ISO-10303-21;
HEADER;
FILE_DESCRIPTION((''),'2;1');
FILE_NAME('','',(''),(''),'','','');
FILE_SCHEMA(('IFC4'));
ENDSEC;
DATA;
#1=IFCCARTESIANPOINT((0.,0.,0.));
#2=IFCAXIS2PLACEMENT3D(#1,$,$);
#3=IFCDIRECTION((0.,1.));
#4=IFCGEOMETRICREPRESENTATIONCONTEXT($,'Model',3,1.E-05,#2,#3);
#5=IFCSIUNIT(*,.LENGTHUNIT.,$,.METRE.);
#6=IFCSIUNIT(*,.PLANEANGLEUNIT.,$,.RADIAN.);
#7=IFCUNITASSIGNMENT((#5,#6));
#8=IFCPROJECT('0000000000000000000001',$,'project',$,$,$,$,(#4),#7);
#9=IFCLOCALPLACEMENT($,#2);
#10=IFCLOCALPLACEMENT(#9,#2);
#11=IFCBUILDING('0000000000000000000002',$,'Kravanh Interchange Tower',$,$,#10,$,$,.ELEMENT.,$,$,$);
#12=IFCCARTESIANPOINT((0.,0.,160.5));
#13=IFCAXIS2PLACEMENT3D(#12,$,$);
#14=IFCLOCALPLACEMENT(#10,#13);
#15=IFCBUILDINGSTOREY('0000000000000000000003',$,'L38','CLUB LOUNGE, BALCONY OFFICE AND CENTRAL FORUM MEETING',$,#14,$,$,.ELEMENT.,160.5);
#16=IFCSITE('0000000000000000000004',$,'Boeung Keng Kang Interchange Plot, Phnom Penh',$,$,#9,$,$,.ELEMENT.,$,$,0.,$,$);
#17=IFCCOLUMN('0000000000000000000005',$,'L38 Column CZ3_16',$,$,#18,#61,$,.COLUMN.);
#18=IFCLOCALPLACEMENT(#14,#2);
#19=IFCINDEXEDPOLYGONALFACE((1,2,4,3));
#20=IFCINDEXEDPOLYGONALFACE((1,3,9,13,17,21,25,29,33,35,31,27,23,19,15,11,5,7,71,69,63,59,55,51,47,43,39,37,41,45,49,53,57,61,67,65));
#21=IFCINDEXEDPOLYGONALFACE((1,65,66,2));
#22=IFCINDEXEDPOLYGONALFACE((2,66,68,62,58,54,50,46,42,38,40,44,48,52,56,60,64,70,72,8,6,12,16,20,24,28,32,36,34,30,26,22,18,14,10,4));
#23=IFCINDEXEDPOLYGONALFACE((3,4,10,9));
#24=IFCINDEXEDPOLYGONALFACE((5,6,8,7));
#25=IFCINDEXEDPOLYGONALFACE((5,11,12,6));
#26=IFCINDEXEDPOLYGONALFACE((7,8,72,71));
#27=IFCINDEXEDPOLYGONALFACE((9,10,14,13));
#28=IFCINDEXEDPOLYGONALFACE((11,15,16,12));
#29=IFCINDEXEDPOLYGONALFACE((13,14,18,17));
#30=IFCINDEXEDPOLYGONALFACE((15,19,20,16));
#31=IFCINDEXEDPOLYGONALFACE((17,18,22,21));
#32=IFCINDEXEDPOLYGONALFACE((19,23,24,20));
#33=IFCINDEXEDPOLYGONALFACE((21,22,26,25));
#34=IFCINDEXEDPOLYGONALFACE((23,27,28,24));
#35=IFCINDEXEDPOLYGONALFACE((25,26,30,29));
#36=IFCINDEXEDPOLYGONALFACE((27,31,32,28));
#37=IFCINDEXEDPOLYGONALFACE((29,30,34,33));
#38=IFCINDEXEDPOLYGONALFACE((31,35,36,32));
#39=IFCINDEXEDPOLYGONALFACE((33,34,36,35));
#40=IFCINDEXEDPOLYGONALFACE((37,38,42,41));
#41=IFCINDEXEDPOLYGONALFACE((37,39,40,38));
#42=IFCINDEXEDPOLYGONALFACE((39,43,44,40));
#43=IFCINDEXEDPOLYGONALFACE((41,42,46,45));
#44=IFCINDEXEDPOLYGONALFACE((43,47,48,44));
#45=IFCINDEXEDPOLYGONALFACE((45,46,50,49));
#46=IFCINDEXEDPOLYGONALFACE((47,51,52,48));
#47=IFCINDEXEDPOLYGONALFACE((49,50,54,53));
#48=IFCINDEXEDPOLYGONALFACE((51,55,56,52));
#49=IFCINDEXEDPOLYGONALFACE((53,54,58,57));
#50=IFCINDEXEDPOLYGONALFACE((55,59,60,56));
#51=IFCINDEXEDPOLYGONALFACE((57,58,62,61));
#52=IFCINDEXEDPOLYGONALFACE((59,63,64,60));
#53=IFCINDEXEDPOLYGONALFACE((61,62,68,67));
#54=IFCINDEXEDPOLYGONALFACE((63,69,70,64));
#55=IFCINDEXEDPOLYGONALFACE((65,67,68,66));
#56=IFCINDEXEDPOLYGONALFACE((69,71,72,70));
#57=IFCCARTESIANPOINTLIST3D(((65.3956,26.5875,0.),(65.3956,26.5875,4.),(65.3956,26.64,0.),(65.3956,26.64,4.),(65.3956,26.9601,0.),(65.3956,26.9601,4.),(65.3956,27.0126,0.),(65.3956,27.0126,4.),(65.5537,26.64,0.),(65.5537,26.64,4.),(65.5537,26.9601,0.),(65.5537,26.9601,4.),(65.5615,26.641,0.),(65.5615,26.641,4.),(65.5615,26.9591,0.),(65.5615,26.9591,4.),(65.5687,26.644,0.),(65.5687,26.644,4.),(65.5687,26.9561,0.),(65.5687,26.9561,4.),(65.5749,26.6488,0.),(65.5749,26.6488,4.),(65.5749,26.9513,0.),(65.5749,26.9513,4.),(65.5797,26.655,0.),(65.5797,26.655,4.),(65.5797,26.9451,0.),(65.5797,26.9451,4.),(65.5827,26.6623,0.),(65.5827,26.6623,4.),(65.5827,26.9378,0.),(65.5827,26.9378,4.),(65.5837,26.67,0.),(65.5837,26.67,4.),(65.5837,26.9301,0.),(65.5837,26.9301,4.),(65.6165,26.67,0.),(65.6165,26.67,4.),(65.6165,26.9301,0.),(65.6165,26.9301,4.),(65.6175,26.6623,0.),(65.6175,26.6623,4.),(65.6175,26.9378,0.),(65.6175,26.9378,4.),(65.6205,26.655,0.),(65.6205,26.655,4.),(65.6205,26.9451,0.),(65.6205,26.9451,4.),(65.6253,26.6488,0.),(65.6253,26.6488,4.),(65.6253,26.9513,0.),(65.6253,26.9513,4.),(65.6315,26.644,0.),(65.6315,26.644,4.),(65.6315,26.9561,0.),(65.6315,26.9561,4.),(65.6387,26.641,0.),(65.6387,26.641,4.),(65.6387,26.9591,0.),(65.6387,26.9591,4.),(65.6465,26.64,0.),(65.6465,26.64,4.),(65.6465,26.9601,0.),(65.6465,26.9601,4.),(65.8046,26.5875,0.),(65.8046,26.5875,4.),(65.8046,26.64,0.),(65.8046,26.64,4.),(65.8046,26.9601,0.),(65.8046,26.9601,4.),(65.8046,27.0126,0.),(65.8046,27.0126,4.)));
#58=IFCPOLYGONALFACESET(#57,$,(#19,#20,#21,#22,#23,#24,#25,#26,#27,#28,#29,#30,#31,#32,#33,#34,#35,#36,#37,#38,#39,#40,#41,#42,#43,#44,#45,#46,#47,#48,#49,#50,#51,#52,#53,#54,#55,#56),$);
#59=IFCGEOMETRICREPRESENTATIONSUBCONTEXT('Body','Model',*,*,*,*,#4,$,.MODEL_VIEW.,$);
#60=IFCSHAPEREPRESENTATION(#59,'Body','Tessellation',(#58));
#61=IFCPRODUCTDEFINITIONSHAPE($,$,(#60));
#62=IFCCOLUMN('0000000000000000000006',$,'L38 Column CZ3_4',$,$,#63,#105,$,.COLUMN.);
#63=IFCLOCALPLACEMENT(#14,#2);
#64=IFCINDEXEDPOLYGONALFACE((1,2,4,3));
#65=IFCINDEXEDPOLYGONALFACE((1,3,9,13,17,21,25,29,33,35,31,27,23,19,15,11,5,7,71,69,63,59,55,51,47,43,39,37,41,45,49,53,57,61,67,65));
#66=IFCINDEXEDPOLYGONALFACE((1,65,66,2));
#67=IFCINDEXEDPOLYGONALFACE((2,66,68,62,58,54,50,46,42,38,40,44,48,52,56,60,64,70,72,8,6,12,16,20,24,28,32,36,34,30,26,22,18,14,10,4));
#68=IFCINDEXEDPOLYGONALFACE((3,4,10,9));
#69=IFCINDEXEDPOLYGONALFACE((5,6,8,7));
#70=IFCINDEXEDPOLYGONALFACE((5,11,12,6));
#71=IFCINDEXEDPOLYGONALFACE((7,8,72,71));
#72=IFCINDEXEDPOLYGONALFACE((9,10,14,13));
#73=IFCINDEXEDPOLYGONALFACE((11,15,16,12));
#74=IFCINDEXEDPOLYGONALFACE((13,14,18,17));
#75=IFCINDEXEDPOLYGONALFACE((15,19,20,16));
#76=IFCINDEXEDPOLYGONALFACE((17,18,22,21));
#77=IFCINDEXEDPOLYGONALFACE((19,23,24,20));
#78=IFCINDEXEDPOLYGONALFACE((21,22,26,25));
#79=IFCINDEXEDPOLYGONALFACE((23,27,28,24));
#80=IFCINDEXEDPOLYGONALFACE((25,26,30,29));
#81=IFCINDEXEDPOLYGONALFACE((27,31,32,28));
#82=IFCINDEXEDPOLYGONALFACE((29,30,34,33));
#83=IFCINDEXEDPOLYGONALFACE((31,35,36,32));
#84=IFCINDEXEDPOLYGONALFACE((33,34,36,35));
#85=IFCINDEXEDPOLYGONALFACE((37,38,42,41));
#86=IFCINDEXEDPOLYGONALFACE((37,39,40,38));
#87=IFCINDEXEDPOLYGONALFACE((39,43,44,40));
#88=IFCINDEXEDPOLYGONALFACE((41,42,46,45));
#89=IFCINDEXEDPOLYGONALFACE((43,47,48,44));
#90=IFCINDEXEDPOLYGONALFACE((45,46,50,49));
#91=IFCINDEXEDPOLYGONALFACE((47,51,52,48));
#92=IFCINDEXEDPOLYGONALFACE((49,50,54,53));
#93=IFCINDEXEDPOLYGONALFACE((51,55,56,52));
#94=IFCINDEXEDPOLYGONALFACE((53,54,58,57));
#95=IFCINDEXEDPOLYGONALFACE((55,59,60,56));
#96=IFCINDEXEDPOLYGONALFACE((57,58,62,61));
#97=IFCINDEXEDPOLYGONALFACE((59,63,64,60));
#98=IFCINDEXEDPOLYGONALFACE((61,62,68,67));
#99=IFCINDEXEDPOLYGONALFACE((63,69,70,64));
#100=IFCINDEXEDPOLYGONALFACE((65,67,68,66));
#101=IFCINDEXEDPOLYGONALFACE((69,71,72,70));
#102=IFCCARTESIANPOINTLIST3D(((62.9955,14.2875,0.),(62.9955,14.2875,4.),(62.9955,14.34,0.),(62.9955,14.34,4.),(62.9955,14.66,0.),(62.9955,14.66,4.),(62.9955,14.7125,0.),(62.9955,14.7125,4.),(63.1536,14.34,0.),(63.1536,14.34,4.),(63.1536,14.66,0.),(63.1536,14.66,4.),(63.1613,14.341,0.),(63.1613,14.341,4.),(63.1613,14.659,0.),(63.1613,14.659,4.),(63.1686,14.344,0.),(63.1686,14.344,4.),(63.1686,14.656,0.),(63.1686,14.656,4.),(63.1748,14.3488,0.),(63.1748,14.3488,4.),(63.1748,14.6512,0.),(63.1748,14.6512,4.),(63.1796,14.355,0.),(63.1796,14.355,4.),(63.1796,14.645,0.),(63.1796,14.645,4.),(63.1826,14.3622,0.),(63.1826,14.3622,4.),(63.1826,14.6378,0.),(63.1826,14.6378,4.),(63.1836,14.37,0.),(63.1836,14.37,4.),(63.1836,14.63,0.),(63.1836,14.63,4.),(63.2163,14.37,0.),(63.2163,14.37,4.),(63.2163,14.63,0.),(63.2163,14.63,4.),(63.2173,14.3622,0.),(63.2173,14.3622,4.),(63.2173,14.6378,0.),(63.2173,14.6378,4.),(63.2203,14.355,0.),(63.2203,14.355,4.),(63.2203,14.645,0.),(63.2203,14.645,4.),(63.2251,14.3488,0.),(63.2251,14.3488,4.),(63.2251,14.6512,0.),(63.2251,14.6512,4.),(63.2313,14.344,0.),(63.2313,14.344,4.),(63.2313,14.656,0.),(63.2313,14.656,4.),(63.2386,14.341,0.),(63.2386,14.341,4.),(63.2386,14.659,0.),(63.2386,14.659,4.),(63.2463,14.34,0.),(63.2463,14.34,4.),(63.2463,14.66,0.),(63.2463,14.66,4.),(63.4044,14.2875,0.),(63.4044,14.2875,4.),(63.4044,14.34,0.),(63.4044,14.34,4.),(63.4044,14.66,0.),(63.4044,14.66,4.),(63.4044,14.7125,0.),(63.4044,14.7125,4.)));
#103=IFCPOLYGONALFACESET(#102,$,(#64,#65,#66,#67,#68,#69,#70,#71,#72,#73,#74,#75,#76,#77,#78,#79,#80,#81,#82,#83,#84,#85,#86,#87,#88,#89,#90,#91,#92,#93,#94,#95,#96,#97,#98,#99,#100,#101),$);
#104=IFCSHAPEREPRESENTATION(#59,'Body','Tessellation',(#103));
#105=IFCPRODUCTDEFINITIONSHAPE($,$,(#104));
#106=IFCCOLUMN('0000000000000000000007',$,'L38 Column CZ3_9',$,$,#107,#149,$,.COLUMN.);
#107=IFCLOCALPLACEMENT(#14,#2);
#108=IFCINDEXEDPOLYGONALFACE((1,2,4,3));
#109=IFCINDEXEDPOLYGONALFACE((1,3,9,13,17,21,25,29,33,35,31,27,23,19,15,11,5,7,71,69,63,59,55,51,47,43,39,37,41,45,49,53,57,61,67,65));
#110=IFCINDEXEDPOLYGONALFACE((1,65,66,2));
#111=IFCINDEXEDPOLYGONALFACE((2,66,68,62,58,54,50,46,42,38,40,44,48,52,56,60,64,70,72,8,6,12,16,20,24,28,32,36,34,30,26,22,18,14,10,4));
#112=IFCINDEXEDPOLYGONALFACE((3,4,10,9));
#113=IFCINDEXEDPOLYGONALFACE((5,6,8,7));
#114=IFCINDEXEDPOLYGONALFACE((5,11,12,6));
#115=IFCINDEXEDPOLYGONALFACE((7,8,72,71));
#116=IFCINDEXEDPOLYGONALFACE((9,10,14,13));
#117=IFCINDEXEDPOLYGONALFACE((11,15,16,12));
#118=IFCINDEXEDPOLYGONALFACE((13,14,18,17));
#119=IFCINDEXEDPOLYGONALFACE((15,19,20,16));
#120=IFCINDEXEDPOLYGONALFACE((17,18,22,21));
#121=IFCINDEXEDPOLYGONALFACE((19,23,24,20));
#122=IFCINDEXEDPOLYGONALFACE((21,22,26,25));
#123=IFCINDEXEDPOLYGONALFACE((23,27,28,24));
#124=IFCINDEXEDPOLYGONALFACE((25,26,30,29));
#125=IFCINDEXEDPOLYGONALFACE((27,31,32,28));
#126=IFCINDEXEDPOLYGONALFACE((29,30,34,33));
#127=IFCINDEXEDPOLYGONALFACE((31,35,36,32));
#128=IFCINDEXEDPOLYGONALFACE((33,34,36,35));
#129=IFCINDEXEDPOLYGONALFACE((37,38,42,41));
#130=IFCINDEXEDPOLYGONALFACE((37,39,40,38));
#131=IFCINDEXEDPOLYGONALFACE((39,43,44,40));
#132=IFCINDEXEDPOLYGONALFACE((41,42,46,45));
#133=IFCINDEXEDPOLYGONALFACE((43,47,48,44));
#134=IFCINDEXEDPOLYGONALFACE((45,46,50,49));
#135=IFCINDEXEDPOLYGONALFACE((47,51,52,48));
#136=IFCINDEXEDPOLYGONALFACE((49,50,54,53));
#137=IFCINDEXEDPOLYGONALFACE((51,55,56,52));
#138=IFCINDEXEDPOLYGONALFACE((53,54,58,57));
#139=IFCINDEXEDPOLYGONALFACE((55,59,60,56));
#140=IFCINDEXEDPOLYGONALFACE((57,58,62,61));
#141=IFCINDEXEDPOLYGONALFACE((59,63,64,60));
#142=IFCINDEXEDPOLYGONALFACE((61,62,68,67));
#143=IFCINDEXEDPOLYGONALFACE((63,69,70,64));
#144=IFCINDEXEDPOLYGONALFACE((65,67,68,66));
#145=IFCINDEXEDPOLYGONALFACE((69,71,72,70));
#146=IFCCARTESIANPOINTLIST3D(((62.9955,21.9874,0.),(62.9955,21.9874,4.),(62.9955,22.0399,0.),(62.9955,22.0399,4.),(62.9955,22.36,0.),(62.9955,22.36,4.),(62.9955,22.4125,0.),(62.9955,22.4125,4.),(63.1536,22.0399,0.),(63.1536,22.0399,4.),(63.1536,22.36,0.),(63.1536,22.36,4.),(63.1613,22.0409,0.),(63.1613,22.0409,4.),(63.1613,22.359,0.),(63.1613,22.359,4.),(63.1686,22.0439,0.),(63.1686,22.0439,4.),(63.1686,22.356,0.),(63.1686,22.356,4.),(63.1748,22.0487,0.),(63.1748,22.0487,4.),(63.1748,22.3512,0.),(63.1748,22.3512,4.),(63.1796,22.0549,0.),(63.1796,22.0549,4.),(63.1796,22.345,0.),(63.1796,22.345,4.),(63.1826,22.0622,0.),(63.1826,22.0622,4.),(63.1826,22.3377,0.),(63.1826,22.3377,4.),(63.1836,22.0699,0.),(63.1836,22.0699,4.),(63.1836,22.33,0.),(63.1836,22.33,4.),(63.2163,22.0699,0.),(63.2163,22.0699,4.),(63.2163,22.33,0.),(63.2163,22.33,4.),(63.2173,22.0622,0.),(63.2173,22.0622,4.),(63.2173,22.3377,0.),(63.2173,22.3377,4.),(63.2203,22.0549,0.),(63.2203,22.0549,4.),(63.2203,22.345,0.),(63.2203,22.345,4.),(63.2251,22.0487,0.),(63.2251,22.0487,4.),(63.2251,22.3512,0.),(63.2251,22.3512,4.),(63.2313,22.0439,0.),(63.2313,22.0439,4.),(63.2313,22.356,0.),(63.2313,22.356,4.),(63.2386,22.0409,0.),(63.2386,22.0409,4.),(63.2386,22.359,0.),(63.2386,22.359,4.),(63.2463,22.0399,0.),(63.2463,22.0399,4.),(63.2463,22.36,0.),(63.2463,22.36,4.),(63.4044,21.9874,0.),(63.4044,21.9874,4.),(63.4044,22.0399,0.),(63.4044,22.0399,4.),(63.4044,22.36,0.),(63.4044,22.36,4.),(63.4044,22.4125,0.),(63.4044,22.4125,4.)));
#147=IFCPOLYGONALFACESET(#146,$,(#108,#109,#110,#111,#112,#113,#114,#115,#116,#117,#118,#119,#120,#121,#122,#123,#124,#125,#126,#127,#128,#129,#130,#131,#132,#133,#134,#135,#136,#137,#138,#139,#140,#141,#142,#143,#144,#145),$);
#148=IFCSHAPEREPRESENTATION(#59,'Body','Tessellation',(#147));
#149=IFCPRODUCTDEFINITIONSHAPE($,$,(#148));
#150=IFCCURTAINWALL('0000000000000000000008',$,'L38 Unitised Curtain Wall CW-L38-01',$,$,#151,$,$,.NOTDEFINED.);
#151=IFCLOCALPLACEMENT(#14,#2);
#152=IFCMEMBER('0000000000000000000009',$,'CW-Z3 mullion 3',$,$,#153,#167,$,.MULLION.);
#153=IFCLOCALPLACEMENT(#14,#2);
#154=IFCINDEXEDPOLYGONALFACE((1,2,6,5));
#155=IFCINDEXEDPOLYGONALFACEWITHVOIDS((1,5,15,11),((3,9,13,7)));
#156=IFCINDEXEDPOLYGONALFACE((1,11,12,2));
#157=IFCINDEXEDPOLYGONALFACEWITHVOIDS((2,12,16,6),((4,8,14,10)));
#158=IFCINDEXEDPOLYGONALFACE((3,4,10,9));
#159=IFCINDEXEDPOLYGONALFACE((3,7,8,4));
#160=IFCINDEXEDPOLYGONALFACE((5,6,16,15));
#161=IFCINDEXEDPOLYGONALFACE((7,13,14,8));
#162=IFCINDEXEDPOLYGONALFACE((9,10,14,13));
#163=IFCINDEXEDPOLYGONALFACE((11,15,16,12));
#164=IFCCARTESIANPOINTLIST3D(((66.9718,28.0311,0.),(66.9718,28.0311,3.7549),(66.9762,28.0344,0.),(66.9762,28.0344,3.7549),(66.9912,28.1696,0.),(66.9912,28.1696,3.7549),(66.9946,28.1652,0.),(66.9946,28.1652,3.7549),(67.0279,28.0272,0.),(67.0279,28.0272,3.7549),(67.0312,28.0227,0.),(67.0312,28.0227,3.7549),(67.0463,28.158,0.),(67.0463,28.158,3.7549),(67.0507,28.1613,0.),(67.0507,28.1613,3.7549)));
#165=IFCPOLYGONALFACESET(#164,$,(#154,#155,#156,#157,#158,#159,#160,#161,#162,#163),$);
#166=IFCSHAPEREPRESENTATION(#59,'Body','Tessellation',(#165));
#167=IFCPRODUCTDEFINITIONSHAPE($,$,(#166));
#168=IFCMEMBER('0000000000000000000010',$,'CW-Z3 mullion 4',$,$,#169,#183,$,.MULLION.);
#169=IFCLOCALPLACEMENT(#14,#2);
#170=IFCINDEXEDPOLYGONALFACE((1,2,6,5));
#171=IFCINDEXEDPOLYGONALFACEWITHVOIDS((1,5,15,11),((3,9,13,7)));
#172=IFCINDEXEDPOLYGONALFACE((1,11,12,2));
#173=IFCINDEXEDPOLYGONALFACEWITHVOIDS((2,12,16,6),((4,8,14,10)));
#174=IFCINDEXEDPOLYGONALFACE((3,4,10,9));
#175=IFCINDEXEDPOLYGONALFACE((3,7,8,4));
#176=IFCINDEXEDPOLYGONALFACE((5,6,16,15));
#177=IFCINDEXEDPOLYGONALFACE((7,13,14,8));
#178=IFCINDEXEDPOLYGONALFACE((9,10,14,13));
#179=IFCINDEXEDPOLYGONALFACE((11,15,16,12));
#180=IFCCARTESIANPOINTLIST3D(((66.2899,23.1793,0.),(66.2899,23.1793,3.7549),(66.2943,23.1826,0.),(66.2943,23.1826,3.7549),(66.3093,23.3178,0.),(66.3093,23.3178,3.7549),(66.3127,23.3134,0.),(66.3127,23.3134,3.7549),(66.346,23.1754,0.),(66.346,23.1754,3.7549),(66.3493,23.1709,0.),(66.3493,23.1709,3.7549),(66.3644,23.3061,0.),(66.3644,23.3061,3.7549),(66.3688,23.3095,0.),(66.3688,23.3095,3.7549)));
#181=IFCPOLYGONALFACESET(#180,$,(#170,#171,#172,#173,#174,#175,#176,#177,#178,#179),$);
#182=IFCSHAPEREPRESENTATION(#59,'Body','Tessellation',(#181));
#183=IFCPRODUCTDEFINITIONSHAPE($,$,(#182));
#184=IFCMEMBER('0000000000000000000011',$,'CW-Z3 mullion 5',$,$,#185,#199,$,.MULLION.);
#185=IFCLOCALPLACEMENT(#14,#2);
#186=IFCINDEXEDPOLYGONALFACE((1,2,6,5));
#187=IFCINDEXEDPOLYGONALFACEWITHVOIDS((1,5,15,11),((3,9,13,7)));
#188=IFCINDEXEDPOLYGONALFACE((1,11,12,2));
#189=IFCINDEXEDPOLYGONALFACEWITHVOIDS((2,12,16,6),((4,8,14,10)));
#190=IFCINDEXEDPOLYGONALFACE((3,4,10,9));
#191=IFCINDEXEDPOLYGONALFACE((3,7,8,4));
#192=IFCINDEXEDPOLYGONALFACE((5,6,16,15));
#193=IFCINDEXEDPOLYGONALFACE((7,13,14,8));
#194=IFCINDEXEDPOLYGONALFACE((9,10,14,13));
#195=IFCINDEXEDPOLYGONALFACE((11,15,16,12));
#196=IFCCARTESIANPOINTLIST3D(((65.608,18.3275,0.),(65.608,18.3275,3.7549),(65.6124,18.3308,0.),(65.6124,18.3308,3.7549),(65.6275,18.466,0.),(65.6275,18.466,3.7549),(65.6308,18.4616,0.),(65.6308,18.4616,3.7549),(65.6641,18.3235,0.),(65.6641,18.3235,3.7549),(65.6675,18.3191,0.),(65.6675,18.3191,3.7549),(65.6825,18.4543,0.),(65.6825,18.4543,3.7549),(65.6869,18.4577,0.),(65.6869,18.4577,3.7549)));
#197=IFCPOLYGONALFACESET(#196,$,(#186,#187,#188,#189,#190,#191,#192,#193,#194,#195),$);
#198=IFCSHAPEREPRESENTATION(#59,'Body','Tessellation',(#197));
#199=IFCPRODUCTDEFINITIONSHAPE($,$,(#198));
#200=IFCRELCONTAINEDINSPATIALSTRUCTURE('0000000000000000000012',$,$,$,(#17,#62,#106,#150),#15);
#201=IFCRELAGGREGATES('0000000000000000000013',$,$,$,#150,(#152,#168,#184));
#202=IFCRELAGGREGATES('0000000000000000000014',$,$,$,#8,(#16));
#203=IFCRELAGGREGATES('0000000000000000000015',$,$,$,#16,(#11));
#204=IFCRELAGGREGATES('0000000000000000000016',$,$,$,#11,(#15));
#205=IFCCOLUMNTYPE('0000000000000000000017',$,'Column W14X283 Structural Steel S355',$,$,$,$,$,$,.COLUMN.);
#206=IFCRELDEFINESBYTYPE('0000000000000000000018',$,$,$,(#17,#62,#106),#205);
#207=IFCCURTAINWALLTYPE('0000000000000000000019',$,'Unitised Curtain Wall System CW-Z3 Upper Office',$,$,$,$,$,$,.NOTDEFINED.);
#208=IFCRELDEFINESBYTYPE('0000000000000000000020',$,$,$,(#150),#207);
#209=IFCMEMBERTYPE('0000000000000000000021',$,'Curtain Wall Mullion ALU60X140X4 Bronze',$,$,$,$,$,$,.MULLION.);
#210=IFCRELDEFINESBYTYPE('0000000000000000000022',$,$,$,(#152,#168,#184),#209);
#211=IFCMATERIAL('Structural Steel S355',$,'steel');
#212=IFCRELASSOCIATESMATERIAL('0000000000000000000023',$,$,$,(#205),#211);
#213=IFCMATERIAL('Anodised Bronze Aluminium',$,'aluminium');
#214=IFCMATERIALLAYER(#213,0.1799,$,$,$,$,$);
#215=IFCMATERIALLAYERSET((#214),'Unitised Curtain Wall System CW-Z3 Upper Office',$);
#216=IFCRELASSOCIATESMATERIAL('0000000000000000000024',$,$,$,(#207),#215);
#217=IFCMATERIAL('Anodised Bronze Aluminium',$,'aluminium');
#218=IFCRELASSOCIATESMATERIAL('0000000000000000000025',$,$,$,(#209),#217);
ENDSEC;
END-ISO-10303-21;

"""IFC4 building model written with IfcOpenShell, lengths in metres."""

from ifc_helpers import new_model, si_unit, direction, frame, origin, origin_2d, place, context, subcontext, project, spatial, hollow_rectangle, i_section, extrude, material, layer, layer_set, material_profile, profile_set, type_object, element, aggregate, save


model = new_model("IFC4")

# Units and contexts
model_context = context("Model", 3, precision=1e-05, world=origin(), true_north=direction((0.0, 1.0)))
body_context = subcontext(model_context, "Body", "Model", "MODEL_VIEW")
ifc_project = project(units=[si_unit("LENGTHUNIT", "METRE"), si_unit("PLANEANGLEUNIT", "RADIAN")], contexts=[model_context])

# Site, building, storey
site_placement = place(None, origin())
site = spatial("IfcSite", under=ifc_project, at=site_placement, Name="Boeung Keng Kang Interchange Plot, Phnom Penh", CompositionType="ELEMENT", RefElevation=0.0)
building_placement = place(site_placement, origin())
building = spatial("IfcBuilding", under=site, at=building_placement, Name="Kravanh Interchange Tower", CompositionType="ELEMENT")
storey_placement = place(building_placement, frame((0.0, 0.0, 160.5)))
storey = spatial("IfcBuildingStorey", under=building, at=storey_placement, Name="L38", Description="CLUB LOUNGE, BALCONY OFFICE AND CENTRAL FORUM MEETING", CompositionType="ELEMENT", Elevation=160.5)

# Columns
ifc_material_1 = material(Name="Structural Steel S355", Category="steel")
ifc_material_profile_1 = material_profile(ifc_material_1, i_section(OverallWidth=0.4089, OverallDepth=0.425, WebThickness=0.0327, FlangeThickness=0.0525, FilletRadius=0.03, at=origin_2d()), Name="W14X283")
ifc_profile_set_1 = profile_set([ifc_material_profile_1], Name="Structural Steel S355")
column_type = type_object("IfcColumnType", Name="Column W14X283 Structural Steel S355", PredefinedType="COLUMN", material=ifc_profile_set_1)
for number, where, z_axis, x_axis, name in (
    (1, (65.6001, 26.8, 0.0), (0.0, 0.0, 1.0), (1.0, 0.0, 0.0), "L38 Column CZ3_16"),
    (2, (63.2, 14.5, 0.0), (0.0, 0.0, 1.0), (1.0, 0.0, 0.0), "L38 Column CZ3_4"),
    (3, (63.2, 22.2, 0.0), (0.0, 0.0, 1.0), (1.0, 0.0, 0.0), "L38 Column CZ3_9"),
):
    element("IfcColumn", number, at=place(storey_placement, frame(where, z_axis=z_axis, x_axis=x_axis)), inside=storey, type_object=column_type, Name=name, PredefinedType="COLUMN", context=body_context, shape_type="SweptSolid", body=[
        extrude(i_section(OverallWidth=0.4089, OverallDepth=0.425, WebThickness=0.0327, FlangeThickness=0.0525, FilletRadius=0.03, at=origin_2d()), origin(), (0.0, 0.0, 1.0), 4.0),
    ])

# Curtain wall, members
ifc_material_2 = material(Name="Anodised Bronze Aluminium", Category="aluminium")
ifc_layer_1 = layer(ifc_material_2, 0.1799)
ifc_layer_set_1 = layer_set([ifc_layer_1], Name="Unitised Curtain Wall System CW-Z3 Upper Office")
curtain_wall_type = type_object("IfcCurtainWallType", Name="Unitised Curtain Wall System CW-Z3 Upper Office", PredefinedType="NOTDEFINED", material=ifc_layer_set_1)
curtain_wall_1_placement = place(storey_placement, origin())
curtain_wall_1 = element("IfcCurtainWall", 4, at=curtain_wall_1_placement, inside=storey, type_object=curtain_wall_type, Name="L38 Unitised Curtain Wall CW-L38-01", PredefinedType="NOTDEFINED")
ifc_material_3 = material(Name="Anodised Bronze Aluminium", Category="aluminium")
ifc_material_profile_2 = material_profile(ifc_material_3, hollow_rectangle(XDim=0.0601, YDim=0.1399, WallThickness=0.0039, at=origin_2d()), Name="ALU60X140X4")
ifc_profile_set_2 = profile_set([ifc_material_profile_2], Name="Anodised Bronze Aluminium")
member_type_1 = type_object("IfcMemberType", Name="Curtain Wall Mullion ALU60X140X4 Bronze", PredefinedType="MULLION", material=ifc_profile_set_2)
member_1_placement = place(storey_placement, frame((67.0112, 28.0962, 0.0), z_axis=(0.0, 0.0, 1.0), x_axis=(0.990268, -0.139172, 0.0)))
member_1 = element("IfcMember", 5, at=member_1_placement, type_object=member_type_1, Name="CW-Z3 mullion 3", PredefinedType="MULLION", context=body_context, shape_type="SweptSolid", body=[
    extrude(hollow_rectangle(XDim=0.0601, YDim=0.1399, WallThickness=0.0039, at=origin_2d()), origin(), (0.0, 0.0, 1.0), 3.7549),
])
member_2_placement = place(storey_placement, frame((66.3293, 23.2444, 0.0), z_axis=(0.0, 0.0, 1.0), x_axis=(0.990268, -0.139172, 0.0)))
member_2 = element("IfcMember", 6, at=member_2_placement, type_object=member_type_1, Name="CW-Z3 mullion 4", PredefinedType="MULLION", context=body_context, shape_type="SweptSolid", body=[
    extrude(hollow_rectangle(XDim=0.0601, YDim=0.1399, WallThickness=0.0039, at=origin_2d()), origin(), (0.0, 0.0, 1.0), 3.7549),
])
member_3_placement = place(storey_placement, frame((65.6475, 18.3926, 0.0), z_axis=(0.0, 0.0, 1.0), x_axis=(0.990268, -0.139172, 0.0)))
member_3 = element("IfcMember", 7, at=member_3_placement, type_object=member_type_1, Name="CW-Z3 mullion 5", PredefinedType="MULLION", context=body_context, shape_type="SweptSolid", body=[
    extrude(hollow_rectangle(XDim=0.0601, YDim=0.1399, WallThickness=0.0039, at=origin_2d()), origin(), (0.0, 0.0, 1.0), 3.7549),
])

aggregate(curtain_wall_1, [member_1, member_2, member_3])

save(model, "model.ifc")
